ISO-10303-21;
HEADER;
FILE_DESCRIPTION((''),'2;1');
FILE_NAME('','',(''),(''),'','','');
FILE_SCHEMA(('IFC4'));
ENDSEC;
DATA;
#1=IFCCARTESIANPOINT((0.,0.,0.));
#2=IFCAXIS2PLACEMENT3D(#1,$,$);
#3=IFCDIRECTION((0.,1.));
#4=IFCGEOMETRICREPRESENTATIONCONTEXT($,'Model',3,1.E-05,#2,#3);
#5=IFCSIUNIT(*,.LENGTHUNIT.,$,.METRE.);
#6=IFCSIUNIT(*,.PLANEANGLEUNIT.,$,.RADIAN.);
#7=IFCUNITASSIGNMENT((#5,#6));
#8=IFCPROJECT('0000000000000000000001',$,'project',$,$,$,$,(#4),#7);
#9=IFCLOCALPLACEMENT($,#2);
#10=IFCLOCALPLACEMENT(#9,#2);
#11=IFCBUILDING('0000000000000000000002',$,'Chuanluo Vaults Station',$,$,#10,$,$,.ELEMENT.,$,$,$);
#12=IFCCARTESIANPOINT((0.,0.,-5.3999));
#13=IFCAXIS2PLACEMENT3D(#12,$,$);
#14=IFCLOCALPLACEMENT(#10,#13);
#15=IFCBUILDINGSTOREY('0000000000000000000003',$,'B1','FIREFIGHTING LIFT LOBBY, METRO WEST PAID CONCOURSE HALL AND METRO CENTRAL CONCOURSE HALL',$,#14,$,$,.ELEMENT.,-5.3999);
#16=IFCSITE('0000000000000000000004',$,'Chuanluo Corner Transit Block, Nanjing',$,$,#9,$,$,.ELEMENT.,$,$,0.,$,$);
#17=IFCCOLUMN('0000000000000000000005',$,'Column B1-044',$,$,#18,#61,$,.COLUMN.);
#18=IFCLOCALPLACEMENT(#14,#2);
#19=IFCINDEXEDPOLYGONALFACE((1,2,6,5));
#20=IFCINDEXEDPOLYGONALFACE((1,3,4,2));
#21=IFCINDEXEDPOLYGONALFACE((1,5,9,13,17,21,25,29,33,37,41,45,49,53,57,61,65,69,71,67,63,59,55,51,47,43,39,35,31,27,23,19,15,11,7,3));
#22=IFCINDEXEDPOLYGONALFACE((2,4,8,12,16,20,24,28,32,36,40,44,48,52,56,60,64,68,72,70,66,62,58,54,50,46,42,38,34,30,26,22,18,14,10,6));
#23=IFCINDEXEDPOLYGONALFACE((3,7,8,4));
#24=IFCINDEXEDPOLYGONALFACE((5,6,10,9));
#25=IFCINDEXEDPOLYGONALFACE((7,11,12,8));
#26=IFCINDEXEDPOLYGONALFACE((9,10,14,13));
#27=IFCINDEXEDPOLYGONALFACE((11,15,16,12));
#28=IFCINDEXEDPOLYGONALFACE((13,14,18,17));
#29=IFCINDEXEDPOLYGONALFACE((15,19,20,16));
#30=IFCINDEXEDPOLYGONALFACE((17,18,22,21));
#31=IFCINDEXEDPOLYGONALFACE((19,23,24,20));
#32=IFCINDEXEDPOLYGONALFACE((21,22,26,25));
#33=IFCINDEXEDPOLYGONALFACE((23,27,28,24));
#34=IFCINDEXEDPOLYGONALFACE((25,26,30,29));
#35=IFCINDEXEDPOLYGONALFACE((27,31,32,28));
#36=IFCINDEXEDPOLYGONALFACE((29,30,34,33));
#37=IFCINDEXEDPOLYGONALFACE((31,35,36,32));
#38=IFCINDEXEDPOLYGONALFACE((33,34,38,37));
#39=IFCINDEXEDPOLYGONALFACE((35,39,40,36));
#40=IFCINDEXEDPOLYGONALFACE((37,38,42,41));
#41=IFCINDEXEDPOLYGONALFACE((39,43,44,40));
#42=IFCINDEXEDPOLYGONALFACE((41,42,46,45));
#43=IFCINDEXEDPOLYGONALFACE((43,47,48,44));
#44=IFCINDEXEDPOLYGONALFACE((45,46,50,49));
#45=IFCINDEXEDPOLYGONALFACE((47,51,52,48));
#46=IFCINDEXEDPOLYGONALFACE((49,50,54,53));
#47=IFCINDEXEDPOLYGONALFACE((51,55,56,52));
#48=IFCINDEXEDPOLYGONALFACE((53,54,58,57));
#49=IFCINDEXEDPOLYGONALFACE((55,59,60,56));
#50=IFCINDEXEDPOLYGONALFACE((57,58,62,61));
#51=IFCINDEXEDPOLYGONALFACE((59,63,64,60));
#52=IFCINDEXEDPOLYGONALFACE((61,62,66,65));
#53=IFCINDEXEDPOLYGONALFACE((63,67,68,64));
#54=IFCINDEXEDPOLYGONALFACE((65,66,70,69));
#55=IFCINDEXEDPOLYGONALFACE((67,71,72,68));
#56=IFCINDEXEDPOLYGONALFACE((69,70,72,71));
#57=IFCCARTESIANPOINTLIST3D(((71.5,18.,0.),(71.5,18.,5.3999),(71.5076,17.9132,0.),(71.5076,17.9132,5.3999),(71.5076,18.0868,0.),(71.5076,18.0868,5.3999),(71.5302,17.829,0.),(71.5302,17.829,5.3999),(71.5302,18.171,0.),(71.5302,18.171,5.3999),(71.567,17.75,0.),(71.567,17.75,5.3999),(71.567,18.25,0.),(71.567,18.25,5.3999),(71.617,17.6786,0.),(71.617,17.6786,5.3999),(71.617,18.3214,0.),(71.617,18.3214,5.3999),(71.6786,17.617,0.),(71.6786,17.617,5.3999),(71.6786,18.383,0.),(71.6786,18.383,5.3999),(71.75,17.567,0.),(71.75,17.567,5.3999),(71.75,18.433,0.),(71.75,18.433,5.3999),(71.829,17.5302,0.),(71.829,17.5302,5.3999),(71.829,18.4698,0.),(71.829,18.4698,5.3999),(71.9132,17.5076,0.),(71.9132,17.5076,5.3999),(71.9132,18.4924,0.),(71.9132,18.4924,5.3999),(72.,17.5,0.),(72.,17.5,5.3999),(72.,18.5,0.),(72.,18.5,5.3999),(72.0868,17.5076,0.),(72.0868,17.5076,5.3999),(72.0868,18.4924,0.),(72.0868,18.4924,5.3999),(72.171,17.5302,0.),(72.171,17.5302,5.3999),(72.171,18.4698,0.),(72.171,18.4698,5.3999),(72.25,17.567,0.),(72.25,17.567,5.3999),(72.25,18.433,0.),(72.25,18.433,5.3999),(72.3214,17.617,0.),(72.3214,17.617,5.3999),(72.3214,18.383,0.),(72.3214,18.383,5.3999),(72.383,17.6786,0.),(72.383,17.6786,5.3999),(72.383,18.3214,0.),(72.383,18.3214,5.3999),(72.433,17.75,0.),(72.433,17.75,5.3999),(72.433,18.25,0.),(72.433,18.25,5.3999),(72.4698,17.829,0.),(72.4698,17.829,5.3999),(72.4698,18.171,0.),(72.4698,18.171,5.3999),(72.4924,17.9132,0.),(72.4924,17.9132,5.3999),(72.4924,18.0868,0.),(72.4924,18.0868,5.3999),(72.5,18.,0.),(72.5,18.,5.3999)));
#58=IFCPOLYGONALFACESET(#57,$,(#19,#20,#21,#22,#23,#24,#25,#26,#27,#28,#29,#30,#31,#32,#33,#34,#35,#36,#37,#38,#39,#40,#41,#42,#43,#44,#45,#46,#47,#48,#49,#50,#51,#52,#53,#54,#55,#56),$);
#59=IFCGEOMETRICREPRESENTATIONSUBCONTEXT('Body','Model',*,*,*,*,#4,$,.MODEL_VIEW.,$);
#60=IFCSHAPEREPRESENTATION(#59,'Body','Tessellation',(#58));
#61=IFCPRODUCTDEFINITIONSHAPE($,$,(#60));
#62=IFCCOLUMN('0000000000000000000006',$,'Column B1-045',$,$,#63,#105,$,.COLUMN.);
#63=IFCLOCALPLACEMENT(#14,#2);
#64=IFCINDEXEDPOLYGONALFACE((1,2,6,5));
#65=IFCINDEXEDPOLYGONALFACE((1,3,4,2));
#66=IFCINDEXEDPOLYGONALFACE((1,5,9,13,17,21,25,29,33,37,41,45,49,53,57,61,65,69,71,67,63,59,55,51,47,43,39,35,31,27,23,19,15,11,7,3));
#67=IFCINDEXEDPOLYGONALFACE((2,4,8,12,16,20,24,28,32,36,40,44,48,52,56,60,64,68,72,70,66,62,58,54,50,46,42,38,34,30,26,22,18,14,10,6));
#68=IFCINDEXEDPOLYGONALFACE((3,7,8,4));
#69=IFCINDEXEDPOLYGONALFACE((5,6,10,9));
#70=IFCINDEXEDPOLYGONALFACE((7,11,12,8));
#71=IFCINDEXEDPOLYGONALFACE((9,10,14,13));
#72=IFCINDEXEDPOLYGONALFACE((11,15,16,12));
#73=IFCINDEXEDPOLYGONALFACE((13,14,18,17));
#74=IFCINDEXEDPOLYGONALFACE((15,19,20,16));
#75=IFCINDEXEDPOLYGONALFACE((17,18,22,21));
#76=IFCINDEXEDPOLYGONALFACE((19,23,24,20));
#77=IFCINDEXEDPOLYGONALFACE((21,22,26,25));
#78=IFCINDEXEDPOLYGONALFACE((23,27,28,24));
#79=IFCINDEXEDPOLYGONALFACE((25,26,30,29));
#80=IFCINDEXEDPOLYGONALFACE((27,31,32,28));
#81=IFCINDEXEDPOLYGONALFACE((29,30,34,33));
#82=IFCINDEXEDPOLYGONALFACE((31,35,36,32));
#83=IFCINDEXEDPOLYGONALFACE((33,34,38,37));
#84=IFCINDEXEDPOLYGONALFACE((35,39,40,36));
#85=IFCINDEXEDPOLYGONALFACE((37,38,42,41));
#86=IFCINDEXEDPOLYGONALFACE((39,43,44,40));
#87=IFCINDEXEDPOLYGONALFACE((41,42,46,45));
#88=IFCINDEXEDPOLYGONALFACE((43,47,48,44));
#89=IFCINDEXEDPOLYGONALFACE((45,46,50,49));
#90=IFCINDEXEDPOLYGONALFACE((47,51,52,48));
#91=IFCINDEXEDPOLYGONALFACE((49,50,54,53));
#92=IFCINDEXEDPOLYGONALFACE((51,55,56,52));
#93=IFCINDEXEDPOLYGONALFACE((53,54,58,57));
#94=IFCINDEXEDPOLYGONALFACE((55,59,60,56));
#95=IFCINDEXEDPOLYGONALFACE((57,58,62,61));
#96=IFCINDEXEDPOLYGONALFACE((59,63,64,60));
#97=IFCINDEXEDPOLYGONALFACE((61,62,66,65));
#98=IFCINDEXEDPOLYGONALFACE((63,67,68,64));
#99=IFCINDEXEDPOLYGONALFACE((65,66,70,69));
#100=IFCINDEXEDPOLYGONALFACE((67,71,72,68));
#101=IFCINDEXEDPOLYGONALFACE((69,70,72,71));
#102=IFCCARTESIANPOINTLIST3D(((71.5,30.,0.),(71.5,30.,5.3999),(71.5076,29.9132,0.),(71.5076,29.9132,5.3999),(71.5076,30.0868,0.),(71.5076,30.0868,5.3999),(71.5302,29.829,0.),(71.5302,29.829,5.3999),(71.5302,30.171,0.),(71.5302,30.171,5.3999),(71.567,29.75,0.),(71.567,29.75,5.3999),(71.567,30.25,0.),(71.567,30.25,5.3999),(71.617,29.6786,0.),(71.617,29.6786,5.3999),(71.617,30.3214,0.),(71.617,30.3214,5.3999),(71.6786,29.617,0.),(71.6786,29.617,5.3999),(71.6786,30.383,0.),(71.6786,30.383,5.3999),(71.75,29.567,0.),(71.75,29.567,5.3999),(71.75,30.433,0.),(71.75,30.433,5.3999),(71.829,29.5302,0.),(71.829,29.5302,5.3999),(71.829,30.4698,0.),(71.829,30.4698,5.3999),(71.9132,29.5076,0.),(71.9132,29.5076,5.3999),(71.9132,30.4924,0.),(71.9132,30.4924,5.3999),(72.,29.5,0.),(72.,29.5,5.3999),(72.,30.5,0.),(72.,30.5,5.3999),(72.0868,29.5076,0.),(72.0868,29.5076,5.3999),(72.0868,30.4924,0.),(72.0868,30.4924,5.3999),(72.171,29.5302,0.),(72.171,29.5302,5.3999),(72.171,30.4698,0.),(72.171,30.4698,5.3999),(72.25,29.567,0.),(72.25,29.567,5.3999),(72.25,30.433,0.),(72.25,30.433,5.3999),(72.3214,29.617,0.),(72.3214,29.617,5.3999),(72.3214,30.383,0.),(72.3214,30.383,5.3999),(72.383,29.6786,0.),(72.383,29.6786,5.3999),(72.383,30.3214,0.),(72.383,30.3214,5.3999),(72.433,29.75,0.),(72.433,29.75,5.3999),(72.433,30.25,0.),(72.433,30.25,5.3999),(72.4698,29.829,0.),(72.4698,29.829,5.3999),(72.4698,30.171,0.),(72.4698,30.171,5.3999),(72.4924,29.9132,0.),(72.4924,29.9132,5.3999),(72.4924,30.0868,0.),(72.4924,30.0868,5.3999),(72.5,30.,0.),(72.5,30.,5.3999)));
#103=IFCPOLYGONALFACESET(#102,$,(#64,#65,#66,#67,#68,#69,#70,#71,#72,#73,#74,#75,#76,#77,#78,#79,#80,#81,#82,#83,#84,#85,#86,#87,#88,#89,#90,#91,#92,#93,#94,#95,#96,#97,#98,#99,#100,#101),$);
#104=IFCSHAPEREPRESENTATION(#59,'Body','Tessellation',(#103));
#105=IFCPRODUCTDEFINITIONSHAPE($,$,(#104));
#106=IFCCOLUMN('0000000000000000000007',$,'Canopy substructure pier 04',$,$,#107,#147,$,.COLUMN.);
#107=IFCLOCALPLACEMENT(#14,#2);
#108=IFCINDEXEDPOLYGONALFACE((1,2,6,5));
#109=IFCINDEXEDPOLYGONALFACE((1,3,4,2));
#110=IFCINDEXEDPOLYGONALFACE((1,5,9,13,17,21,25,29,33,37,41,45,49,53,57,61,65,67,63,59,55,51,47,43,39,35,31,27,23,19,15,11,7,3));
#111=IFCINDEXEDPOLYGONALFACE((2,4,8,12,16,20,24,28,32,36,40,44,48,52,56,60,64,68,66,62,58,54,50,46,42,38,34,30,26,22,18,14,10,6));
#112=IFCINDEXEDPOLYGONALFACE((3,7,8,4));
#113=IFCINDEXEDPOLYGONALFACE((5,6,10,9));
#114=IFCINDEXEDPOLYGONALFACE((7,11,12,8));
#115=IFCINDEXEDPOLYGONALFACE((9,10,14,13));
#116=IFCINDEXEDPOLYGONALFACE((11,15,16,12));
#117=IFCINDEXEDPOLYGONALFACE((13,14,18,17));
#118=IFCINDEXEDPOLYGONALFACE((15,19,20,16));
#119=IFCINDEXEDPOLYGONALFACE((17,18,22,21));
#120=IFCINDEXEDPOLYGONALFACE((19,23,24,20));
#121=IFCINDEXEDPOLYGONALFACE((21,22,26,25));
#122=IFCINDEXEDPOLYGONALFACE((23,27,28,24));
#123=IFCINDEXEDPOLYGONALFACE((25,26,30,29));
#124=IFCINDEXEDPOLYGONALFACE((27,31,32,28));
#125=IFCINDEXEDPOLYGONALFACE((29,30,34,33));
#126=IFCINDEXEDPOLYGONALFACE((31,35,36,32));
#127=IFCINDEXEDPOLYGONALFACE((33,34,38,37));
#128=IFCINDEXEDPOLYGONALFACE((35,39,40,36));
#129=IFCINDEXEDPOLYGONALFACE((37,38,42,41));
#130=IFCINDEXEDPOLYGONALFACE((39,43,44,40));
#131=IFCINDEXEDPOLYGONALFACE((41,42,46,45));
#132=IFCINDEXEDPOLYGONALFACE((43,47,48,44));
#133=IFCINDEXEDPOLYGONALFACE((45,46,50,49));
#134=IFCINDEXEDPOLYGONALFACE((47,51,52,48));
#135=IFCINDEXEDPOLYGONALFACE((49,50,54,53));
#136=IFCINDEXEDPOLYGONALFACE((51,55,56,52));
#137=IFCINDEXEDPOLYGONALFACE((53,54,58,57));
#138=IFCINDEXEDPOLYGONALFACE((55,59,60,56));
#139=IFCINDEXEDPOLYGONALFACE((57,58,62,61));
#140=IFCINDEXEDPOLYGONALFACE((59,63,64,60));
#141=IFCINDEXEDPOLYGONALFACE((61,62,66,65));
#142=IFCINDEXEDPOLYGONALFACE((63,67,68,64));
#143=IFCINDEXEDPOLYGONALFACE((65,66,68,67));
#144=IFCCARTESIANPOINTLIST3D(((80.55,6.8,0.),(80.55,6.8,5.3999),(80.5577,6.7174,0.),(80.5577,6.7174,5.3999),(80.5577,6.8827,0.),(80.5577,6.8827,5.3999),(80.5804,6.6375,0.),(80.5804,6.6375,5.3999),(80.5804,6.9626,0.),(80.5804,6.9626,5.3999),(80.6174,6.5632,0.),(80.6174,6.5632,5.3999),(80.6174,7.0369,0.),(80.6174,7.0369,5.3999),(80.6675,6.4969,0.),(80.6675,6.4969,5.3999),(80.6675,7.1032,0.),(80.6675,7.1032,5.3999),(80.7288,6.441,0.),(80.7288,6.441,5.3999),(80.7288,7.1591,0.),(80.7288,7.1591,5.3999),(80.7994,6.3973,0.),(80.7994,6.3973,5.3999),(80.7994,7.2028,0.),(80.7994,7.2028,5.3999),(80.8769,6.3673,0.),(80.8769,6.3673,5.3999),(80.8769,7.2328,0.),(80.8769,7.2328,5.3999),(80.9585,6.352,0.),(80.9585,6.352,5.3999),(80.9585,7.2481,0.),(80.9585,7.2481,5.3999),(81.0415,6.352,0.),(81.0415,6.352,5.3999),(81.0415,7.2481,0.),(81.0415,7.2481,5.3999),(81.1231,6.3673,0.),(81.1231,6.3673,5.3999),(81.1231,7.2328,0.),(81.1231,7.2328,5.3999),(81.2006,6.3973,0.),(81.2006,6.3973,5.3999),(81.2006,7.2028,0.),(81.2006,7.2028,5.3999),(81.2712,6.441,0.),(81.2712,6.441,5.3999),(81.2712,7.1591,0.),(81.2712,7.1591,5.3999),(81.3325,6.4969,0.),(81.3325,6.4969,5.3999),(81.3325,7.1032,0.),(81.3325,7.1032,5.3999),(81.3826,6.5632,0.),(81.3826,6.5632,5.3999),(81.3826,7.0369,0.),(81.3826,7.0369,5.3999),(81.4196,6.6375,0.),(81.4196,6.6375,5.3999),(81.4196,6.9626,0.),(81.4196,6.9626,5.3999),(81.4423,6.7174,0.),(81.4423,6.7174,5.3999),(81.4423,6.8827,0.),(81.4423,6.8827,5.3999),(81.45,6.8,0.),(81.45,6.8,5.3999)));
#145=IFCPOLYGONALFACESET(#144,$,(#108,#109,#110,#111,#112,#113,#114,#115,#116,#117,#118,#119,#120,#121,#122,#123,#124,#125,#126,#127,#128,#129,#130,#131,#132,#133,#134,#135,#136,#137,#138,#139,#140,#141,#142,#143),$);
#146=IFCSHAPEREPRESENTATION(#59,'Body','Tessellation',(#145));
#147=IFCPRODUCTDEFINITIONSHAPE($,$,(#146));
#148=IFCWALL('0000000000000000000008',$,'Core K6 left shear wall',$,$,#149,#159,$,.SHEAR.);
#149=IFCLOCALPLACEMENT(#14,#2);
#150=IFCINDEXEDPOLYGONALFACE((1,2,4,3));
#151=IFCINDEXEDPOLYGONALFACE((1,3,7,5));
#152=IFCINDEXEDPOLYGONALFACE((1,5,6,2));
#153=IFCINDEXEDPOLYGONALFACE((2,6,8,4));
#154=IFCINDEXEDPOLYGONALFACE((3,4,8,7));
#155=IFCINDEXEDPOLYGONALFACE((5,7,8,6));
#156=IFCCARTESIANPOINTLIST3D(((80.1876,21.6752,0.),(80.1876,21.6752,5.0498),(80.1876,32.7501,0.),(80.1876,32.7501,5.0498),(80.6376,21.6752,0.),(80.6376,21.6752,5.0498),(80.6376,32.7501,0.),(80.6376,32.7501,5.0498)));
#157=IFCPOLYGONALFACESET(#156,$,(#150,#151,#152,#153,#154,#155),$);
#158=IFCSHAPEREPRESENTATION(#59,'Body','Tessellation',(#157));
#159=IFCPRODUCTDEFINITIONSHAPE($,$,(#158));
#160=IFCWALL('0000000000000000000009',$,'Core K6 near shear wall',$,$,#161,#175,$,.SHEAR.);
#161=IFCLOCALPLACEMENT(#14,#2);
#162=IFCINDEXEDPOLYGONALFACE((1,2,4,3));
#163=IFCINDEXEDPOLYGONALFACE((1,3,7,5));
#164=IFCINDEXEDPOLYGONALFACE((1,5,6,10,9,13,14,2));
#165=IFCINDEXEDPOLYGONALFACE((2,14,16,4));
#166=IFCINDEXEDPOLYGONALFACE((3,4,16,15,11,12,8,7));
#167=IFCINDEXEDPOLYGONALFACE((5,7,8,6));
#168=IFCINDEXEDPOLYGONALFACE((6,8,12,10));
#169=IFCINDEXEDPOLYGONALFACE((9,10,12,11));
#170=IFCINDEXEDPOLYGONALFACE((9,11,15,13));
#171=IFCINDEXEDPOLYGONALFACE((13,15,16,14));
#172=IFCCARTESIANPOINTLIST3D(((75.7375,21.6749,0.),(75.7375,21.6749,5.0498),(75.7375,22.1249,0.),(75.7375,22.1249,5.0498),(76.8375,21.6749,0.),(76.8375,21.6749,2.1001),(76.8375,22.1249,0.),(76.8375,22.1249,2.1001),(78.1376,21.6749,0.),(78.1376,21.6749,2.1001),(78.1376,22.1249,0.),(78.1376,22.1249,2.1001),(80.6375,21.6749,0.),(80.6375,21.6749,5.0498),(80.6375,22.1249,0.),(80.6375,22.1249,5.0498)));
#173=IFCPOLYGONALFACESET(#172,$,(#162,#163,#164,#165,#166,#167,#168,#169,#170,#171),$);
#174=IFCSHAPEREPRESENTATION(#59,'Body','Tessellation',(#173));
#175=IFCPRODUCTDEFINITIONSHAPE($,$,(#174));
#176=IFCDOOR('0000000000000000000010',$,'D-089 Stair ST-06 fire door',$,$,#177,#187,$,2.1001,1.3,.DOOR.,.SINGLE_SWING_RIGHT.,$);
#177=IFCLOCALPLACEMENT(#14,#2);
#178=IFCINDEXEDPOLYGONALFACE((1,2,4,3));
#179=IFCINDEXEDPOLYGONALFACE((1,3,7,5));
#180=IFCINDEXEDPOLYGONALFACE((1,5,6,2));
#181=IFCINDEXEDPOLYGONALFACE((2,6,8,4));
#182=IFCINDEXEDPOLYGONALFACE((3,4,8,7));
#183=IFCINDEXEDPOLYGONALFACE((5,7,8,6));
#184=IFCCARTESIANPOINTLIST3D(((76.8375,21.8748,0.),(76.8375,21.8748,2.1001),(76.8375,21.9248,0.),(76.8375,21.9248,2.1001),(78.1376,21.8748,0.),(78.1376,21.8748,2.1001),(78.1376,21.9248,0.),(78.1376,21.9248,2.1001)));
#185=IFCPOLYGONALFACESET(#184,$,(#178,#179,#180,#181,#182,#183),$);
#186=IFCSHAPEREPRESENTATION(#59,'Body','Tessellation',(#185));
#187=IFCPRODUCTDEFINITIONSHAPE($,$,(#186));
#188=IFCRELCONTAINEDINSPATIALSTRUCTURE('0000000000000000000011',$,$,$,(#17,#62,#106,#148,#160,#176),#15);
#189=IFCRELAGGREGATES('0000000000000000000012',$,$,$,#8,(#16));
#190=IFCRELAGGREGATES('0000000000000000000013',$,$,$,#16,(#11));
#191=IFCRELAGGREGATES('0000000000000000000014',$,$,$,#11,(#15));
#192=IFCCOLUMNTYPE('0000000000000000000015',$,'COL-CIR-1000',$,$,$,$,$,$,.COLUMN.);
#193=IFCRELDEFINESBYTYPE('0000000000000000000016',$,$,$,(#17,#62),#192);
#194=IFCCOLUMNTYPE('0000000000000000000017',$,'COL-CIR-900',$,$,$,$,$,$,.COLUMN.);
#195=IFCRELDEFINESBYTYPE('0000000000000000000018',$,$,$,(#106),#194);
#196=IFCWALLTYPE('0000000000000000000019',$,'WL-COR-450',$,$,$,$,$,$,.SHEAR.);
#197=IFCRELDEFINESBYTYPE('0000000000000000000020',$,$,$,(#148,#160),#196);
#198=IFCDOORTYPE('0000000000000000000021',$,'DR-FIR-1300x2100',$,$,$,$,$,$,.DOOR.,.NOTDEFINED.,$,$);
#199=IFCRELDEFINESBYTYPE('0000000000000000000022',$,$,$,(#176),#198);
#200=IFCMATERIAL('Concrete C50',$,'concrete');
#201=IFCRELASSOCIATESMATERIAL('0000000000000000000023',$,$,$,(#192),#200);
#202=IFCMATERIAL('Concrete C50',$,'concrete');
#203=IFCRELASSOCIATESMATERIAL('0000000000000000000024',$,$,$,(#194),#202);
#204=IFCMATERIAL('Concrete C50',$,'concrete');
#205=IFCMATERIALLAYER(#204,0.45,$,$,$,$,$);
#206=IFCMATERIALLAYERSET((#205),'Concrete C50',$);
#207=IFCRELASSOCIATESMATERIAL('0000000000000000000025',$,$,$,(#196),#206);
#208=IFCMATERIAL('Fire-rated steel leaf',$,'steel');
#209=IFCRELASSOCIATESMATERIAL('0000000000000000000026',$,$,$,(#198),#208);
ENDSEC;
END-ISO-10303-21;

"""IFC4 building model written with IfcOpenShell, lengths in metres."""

from ifc_helpers import new_model, si_unit, direction, frame, frame_2d, origin, origin_2d, place, context, subcontext, project, spatial, rectangle, circle, extrude, material, layer, layer_set, material_profile, profile_set, type_object, element, fill, save


model = new_model("IFC4")

# Units and contexts
model_context = context("Model", 3, precision=1e-05, world=origin(), true_north=direction((0.0, 1.0)))
body_context = subcontext(model_context, "Body", "Model", "MODEL_VIEW")
ifc_project = project(units=[si_unit("LENGTHUNIT", "METRE"), si_unit("PLANEANGLEUNIT", "RADIAN")], contexts=[model_context])

# Site, building, storey
site_placement = place(None, origin())
site = spatial("IfcSite", under=ifc_project, at=site_placement, Name="Chuanluo Corner Transit Block, Nanjing", CompositionType="ELEMENT", RefElevation=0.0)
building_placement = place(site_placement, origin())
building = spatial("IfcBuilding", under=site, at=building_placement, Name="Chuanluo Vaults Station", CompositionType="ELEMENT")
storey_placement = place(building_placement, frame((0.0, 0.0, -5.3999)))
storey = spatial("IfcBuildingStorey", under=building, at=storey_placement, Name="B1", Description="FIREFIGHTING LIFT LOBBY, METRO WEST PAID CONCOURSE HALL AND METRO CENTRAL CONCOURSE HALL", CompositionType="ELEMENT", Elevation=-5.3999)

# Columns
ifc_material_1 = material(Name="Concrete C50", Category="concrete")
ifc_material_profile_1 = material_profile(ifc_material_1, circle(Radius=0.5, at=origin_2d()))
ifc_profile_set_1 = profile_set([ifc_material_profile_1], Name="Concrete C50")
column_type_1 = type_object("IfcColumnType", Name="COL-CIR-1000", PredefinedType="COLUMN", material=ifc_profile_set_1)
for number, where, z_axis, x_axis, name in (
    (1, (72.0, 18.0, 0.0), (0.0, 0.0, 1.0), (1.0, 0.0, 0.0), "Column B1-044"),
    (2, (72.0, 30.0, 0.0), (0.0, 0.0, 1.0), (1.0, 0.0, 0.0), "Column B1-045"),
):
    element("IfcColumn", number, at=place(storey_placement, frame(where, z_axis=z_axis, x_axis=x_axis)), inside=storey, type_object=column_type_1, Name=name, PredefinedType="COLUMN", context=body_context, shape_type="SweptSolid", body=[
        extrude(circle(Radius=0.5, at=origin_2d()), origin(), (0.0, 0.0, 1.0), 5.3999),
    ])
ifc_material_2 = material(Name="Concrete C50", Category="concrete")
ifc_material_profile_2 = material_profile(ifc_material_2, circle(Radius=0.45, at=origin_2d()))
ifc_profile_set_2 = profile_set([ifc_material_profile_2], Name="Concrete C50")
column_type_2 = type_object("IfcColumnType", Name="COL-CIR-900", PredefinedType="COLUMN", material=ifc_profile_set_2)
column_placement = place(storey_placement, frame((81.0, 6.8, 0.0), z_axis=(0.0, 0.0, 1.0), x_axis=(1.0, 0.0, 0.0)))
element("IfcColumn", 3, at=column_placement, inside=storey, type_object=column_type_2, Name="Canopy substructure pier 04", PredefinedType="COLUMN", context=body_context, shape_type="SweptSolid", body=[
    extrude(circle(Radius=0.45, at=origin_2d()), origin(), (0.0, 0.0, 1.0), 5.3999),
])

# Wall
ifc_material_3 = material(Name="Concrete C50", Category="concrete")
ifc_layer_1 = layer(ifc_material_3, 0.45)
ifc_layer_set_1 = layer_set([ifc_layer_1], Name="Concrete C50")
wall_type_1 = type_object("IfcWallType", Name="WL-COR-450", PredefinedType="SHEAR", material=ifc_layer_set_1)
wall_1_placement = place(storey_placement, frame((80.4126, 21.675, 0.0), z_axis=(0.0, 0.0, 1.0), x_axis=(0.0, 1.0, 0.0)))
element("IfcWall", 4, at=wall_1_placement, inside=storey, type_object=wall_type_1, Name="Core K6 left shear wall", PredefinedType="SHEAR", context=body_context, shape_type="SweptSolid", body=[
    extrude(rectangle(XDim=11.075, YDim=0.45, at=frame_2d((5.5376, 0.0))), origin(), (0.0, 0.0, 1.0), 5.0498),
])

# Wall, opening, door
wall_2_placement = place(storey_placement, frame((75.7375, 21.8999, 0.0), z_axis=(0.0, 0.0, 1.0), x_axis=(1.0, 0.0, 0.0)))
wall_2 = element("IfcWall", 5, at=wall_2_placement, inside=storey, type_object=wall_type_1, Name="Core K6 near shear wall", PredefinedType="SHEAR", context=body_context, shape_type="SweptSolid", body=[
    extrude(rectangle(XDim=4.8999, YDim=0.45, at=frame_2d((2.45, 0.0))), origin(), (0.0, 0.0, 1.0), 5.0498),
])
opening_placement = place(wall_2_placement, frame((1.1001, 0.0, 0.0)))
opening = element("IfcOpeningElement", 6, at=opening_placement, cuts=wall_2, PredefinedType="OPENING", context=body_context, shape_type="SweptSolid", body=[
    extrude(rectangle(XDim=1.3, YDim=2.1001, at=frame_2d((0.6499, 1.05))), frame((0.0, 0.2351, 0.0), z_axis=(0.0, -1.0, 0.0), x_axis=(1.0, 0.0, 0.0)), (0.0, 0.0, 1.0), 0.4699),
])
ifc_material_4 = material(Name="Fire-rated steel leaf", Category="steel")
door_type = type_object("IfcDoorType", Name="DR-FIR-1300x2100", OperationType="NOTDEFINED", PredefinedType="DOOR", material=ifc_material_4)
door_placement = place(opening_placement, origin())
door = element("IfcDoor", 7, at=door_placement, inside=storey, type_object=door_type, Name="D-089 Stair ST-06 fire door", OperationType="SINGLE_SWING_RIGHT", OverallHeight=2.1001, OverallWidth=1.3, PredefinedType="DOOR", context=body_context, shape_type="SweptSolid", body=[
    extrude(rectangle(XDim=1.3, YDim=2.1001, at=frame_2d((0.6499, 1.05))), frame((0.0, 0.0249, 0.0), z_axis=(0.0, -1.0, 0.0), x_axis=(1.0, 0.0, 0.0)), (0.0, 0.0, 1.0), 0.05),
])
fill(opening, door)

save(model, "model.ifc")
